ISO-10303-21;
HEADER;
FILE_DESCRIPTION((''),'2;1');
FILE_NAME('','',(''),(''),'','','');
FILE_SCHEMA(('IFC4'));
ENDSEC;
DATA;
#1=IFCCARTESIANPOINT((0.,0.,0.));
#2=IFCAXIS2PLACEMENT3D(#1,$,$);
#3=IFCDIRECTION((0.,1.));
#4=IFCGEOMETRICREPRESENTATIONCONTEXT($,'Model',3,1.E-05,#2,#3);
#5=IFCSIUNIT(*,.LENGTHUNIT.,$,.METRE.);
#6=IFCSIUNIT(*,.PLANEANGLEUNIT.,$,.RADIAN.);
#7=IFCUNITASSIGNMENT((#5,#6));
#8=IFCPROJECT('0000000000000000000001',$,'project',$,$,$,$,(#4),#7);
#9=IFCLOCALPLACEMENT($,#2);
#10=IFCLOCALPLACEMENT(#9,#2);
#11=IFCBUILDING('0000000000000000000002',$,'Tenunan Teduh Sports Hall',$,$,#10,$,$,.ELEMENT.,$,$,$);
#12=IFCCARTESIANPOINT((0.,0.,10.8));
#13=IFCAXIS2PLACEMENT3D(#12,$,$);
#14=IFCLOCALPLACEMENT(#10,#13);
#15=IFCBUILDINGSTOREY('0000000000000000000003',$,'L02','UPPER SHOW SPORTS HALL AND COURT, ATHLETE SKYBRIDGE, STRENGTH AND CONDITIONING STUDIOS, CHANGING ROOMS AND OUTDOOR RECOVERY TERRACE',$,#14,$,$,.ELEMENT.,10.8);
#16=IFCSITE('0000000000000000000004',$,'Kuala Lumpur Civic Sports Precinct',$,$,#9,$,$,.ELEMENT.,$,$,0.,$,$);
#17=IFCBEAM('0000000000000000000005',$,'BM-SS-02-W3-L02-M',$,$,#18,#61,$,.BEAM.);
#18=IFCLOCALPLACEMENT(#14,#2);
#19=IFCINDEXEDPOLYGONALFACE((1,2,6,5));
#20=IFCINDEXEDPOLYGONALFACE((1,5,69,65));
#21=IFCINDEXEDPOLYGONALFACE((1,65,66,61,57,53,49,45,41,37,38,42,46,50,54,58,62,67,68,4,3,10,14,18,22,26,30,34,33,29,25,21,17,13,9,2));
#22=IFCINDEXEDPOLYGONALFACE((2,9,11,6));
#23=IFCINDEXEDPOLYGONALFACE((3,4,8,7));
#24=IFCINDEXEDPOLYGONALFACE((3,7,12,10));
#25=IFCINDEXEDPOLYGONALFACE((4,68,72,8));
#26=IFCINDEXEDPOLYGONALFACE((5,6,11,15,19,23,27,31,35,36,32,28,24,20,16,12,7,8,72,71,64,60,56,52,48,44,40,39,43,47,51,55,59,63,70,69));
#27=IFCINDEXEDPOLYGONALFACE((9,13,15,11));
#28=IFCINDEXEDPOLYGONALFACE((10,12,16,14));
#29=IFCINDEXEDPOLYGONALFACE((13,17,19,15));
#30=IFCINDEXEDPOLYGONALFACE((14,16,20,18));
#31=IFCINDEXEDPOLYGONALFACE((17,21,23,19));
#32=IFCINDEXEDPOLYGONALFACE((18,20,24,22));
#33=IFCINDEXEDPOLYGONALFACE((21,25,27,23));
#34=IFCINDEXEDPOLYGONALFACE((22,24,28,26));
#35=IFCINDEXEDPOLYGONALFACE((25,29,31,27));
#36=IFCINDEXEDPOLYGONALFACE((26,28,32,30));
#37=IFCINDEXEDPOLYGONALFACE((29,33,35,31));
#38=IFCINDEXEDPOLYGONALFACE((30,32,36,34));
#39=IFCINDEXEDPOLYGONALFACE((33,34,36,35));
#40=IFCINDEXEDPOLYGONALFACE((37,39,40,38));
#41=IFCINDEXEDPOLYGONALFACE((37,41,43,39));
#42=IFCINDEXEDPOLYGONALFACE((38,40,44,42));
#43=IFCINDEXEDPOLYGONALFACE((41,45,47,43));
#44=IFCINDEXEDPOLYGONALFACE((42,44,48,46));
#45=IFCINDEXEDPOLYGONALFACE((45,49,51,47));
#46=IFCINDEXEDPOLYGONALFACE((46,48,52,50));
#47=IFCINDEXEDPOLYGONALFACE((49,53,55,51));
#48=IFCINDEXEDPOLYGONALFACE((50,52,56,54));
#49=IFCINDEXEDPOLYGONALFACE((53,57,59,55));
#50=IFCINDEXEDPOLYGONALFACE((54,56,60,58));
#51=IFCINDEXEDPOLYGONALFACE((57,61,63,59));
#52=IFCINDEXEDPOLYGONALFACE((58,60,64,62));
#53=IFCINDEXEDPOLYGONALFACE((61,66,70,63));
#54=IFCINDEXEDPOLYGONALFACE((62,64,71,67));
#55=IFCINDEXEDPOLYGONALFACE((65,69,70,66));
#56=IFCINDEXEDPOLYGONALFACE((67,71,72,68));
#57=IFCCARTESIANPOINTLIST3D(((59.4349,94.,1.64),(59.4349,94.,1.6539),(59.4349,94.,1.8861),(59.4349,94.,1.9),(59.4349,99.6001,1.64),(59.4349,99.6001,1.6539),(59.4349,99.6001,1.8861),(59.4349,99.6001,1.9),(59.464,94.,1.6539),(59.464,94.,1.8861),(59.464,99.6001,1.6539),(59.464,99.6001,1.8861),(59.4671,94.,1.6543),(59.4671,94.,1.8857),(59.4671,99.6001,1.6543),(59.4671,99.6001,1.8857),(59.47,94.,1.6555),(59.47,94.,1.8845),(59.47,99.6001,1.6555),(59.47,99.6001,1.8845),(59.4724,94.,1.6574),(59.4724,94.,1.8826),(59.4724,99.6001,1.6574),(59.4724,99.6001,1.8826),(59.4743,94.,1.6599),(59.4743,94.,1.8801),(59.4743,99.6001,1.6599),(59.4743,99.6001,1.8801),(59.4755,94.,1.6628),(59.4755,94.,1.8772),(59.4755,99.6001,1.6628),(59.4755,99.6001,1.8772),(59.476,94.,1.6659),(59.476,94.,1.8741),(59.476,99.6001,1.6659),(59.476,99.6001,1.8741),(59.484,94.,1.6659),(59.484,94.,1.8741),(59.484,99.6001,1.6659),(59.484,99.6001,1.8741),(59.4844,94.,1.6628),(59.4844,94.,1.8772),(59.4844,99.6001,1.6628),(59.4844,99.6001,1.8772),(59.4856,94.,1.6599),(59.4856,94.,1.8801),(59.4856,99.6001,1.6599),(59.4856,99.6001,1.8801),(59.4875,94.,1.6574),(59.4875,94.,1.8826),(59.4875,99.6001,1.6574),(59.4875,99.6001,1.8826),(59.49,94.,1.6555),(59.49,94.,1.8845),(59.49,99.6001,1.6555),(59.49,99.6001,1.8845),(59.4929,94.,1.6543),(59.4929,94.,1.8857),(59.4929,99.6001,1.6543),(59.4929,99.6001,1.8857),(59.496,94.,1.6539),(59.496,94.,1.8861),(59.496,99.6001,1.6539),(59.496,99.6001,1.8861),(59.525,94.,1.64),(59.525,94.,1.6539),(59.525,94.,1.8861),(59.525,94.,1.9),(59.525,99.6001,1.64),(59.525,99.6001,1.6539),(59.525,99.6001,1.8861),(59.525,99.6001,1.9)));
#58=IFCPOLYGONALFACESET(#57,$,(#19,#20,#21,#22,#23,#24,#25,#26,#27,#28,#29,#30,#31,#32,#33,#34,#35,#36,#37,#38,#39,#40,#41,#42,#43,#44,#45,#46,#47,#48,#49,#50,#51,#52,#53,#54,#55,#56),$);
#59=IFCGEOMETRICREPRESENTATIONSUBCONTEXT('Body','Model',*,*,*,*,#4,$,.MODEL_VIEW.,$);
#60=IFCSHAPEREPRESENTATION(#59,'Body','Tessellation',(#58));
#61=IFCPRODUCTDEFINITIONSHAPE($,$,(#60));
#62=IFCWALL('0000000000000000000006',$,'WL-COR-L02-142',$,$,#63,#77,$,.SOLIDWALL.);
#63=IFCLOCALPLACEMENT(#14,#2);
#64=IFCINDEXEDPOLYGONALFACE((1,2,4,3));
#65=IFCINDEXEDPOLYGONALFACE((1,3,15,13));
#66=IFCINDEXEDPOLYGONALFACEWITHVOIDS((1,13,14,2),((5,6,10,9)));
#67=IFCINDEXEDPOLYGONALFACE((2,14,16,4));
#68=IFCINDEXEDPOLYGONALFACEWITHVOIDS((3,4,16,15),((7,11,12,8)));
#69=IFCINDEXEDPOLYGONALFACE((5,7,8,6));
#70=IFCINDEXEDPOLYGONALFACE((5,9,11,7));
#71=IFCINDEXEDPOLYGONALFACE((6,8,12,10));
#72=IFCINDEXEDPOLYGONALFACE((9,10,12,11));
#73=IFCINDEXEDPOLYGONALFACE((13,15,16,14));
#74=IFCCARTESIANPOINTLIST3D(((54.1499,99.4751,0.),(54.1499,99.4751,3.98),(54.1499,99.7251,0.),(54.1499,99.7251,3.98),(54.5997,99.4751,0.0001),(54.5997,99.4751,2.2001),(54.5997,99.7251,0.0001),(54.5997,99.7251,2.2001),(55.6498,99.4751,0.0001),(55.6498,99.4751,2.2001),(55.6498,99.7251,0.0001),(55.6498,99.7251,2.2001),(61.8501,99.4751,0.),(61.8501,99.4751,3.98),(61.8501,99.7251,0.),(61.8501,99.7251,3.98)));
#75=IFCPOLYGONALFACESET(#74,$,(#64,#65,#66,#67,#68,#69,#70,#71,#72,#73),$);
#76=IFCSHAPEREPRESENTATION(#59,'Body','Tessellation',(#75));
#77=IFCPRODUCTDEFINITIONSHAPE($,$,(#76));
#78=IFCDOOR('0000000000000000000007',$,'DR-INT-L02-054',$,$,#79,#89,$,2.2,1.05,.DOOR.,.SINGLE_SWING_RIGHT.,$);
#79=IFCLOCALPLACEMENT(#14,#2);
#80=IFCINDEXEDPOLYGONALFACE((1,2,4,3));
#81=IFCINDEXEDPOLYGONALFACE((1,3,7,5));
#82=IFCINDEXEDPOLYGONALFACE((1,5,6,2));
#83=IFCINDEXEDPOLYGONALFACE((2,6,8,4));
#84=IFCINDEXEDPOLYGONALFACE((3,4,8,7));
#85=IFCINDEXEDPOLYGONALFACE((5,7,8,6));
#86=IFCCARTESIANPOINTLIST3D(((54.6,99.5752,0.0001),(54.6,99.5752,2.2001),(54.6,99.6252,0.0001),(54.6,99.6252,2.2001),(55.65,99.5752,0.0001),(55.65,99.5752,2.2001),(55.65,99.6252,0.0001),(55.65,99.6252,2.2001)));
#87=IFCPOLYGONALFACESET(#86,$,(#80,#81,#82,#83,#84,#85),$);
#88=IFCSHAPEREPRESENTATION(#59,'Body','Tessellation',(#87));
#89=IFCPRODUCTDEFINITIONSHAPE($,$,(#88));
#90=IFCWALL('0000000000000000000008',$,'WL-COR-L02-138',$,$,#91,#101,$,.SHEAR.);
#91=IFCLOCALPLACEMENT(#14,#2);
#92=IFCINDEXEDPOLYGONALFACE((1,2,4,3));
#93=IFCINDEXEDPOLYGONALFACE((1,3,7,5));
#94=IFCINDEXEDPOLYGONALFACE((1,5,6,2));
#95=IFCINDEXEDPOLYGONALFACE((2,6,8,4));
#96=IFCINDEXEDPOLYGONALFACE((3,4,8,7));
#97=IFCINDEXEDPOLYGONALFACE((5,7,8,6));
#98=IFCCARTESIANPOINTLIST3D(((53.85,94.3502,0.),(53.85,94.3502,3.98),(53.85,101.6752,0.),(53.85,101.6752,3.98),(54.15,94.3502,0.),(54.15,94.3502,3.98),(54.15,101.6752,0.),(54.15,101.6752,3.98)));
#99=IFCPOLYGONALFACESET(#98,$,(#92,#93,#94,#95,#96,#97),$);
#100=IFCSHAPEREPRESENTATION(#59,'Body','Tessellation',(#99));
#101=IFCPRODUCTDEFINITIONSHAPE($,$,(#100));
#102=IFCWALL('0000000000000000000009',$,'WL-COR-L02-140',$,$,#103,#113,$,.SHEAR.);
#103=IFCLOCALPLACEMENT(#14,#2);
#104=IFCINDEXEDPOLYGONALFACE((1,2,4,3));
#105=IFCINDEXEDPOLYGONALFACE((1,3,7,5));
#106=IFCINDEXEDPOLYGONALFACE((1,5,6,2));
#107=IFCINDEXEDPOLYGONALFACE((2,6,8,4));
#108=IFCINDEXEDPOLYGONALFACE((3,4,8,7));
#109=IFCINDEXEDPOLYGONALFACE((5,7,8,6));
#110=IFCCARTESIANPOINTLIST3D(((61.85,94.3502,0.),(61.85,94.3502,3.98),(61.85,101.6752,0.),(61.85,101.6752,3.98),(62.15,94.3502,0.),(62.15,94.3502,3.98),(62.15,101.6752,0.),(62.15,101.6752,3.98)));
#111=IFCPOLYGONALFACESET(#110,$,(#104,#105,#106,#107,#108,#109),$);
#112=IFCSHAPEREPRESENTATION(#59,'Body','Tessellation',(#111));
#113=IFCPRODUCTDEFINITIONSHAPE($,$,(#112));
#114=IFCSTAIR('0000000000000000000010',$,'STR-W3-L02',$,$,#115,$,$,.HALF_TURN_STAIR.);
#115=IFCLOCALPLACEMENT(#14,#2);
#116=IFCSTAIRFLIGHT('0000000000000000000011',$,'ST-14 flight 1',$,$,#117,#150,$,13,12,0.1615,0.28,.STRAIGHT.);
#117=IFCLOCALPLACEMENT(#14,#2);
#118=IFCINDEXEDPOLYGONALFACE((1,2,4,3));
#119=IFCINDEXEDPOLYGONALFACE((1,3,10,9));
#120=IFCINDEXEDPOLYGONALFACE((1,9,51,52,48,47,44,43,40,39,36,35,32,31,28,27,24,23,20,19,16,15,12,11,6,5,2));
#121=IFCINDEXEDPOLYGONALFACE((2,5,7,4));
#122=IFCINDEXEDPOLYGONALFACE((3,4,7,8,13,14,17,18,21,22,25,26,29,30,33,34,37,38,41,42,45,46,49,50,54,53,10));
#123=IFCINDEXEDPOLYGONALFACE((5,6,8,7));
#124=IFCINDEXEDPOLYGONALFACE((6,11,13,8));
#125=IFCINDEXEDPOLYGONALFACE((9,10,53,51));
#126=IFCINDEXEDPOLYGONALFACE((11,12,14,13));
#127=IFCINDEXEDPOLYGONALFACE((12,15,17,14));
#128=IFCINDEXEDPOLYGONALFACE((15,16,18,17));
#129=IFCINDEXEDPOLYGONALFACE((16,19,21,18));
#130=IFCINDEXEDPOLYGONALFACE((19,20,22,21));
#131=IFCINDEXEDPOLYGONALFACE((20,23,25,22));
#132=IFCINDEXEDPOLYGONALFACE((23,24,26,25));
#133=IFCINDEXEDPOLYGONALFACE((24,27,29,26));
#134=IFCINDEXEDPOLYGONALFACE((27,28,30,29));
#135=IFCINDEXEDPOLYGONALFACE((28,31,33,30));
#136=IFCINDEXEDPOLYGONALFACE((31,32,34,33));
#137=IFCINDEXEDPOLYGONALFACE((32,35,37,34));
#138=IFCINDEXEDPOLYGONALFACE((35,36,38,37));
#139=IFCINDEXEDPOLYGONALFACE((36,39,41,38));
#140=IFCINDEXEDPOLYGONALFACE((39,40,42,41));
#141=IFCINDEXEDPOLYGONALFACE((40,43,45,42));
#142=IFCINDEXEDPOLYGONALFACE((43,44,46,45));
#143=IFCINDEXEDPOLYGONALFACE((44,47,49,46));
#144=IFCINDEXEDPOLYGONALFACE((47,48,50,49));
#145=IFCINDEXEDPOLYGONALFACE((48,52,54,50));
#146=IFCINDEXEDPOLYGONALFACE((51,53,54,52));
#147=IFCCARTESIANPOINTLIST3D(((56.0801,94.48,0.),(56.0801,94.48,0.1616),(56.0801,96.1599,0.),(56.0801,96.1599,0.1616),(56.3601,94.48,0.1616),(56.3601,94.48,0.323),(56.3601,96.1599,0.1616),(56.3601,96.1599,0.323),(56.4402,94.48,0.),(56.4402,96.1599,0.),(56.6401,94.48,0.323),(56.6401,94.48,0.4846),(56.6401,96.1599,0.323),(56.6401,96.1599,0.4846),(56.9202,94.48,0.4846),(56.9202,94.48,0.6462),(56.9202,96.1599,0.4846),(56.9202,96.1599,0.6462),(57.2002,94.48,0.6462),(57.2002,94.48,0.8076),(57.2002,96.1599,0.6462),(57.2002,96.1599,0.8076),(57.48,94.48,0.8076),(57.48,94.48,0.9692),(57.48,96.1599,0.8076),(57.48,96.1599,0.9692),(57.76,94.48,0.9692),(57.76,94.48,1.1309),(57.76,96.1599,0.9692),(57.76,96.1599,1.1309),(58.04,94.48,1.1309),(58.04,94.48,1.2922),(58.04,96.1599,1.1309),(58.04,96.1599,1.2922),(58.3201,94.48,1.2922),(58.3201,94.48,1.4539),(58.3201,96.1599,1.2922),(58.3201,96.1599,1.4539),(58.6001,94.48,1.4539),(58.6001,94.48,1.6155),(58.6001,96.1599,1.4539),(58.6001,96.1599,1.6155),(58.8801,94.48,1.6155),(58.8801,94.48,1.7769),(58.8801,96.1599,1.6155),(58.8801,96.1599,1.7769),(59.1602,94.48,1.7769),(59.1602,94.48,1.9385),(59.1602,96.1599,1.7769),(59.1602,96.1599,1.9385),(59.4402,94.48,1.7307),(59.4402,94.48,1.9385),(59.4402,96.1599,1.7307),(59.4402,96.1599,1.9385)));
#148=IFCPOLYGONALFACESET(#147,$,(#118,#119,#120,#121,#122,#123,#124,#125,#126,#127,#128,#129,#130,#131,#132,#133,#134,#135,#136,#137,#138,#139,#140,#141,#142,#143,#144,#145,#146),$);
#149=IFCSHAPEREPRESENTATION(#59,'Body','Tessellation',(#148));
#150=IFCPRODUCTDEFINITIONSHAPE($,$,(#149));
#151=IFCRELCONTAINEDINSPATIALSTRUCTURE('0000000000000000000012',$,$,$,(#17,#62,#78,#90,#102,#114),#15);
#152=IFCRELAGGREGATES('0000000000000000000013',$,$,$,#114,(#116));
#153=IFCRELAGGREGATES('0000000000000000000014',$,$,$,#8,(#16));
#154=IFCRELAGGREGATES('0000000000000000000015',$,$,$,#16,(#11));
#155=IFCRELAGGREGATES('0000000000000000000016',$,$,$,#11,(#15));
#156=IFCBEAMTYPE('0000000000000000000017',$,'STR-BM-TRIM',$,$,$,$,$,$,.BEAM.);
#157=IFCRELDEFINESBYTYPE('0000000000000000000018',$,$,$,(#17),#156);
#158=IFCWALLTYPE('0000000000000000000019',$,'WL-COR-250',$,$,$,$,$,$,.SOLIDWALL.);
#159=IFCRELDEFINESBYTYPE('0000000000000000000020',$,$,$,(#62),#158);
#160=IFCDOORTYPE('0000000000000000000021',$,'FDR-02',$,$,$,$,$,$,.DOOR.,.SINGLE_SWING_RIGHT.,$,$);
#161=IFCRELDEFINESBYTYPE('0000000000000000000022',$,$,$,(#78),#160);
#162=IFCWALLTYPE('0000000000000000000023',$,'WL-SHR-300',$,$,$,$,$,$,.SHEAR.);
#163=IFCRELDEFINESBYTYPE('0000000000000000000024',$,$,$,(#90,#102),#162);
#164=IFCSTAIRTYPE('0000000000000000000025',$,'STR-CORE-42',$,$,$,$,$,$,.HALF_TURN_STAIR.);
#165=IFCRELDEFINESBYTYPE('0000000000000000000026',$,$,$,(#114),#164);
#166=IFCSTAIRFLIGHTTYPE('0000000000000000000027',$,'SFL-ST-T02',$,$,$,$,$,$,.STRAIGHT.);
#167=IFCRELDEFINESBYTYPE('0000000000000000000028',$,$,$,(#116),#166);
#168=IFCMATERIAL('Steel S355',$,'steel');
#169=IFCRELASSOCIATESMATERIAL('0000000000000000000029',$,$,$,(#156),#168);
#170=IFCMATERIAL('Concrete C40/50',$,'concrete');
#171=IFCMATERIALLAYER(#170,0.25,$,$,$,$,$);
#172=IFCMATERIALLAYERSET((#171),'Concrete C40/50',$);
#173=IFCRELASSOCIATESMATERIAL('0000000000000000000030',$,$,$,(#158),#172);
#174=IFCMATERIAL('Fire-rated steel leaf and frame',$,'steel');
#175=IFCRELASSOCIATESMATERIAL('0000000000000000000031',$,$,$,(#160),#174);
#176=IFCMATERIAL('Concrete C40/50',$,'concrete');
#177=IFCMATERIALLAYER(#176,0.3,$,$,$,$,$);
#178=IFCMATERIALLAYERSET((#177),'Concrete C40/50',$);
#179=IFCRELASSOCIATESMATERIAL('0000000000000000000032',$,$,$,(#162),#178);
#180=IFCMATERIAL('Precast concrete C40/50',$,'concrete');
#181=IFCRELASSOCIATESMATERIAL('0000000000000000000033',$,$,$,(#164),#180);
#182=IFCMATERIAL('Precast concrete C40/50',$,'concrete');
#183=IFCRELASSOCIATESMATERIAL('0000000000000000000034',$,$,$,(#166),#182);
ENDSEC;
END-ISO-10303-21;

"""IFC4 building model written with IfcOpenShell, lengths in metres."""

from ifc_helpers import new_model, si_unit, direction, frame, frame_2d, origin, origin_2d, place, context, subcontext, project, spatial, polyline, rectangle, i_section, outline, extrude, material, layer, layer_set, material_profile, profile_set, type_object, element, fill, aggregate, save


model = new_model("IFC4")

# Units and contexts
model_context = context("Model", 3, precision=1e-05, world=origin(), true_north=direction((0.0, 1.0)))
body_context = subcontext(model_context, "Body", "Model", "MODEL_VIEW")
ifc_project = project(units=[si_unit("LENGTHUNIT", "METRE"), si_unit("PLANEANGLEUNIT", "RADIAN")], contexts=[model_context])

# Site, building, storey
site_placement = place(None, origin())
site = spatial("IfcSite", under=ifc_project, at=site_placement, Name="Kuala Lumpur Civic Sports Precinct", CompositionType="ELEMENT", RefElevation=0.0)
building_placement = place(site_placement, origin())
building = spatial("IfcBuilding", under=site, at=building_placement, Name="Tenunan Teduh Sports Hall", CompositionType="ELEMENT")
storey_placement = place(building_placement, frame((0.0, 0.0, 10.8)))
storey = spatial("IfcBuildingStorey", under=building, at=storey_placement, Name="L02", Description="UPPER SHOW SPORTS HALL AND COURT, ATHLETE SKYBRIDGE, STRENGTH AND CONDITIONING STUDIOS, CHANGING ROOMS AND OUTDOOR RECOVERY TERRACE", CompositionType="ELEMENT", Elevation=10.8)

# Beam
ifc_material_1 = material(Name="Steel S355", Category="steel")
ifc_material_profile_1 = material_profile(ifc_material_1, i_section(OverallWidth=0.0901, OverallDepth=0.26, WebThickness=0.0081, FlangeThickness=0.0139, FilletRadius=0.012, at=origin_2d()), Name="PFC 260x90")
ifc_profile_set_1 = profile_set([ifc_material_profile_1], Name="Steel S355")
beam_type_1 = type_object("IfcBeamType", Name="STR-BM-TRIM", PredefinedType="BEAM", material=ifc_profile_set_1)
beam_1_placement = place(storey_placement, frame((59.48, 94.0, 1.77), z_axis=(0.0, 1.0, 0.0), x_axis=(-1.0, 0.0, 0.0)))
element("IfcBeam", 1, at=beam_1_placement, inside=storey, type_object=beam_type_1, Name="BM-SS-02-W3-L02-M", PredefinedType="BEAM", context=body_context, shape_type="SweptSolid", body=[
    extrude(i_section(OverallWidth=0.0901, OverallDepth=0.26, WebThickness=0.0081, FlangeThickness=0.0139, FilletRadius=0.012, at=origin_2d()), origin(), (0.0, 0.0, 1.0), 5.6001),
])

# Wall, opening, door
ifc_material_2 = material(Name="Concrete C40/50", Category="concrete")
ifc_layer_1 = layer(ifc_material_2, 0.25)
ifc_layer_set_1 = layer_set([ifc_layer_1], Name="Concrete C40/50")
wall_type_1 = type_object("IfcWallType", Name="WL-COR-250", PredefinedType="SOLIDWALL", material=ifc_layer_set_1)
wall_1_placement = place(storey_placement, frame((54.1499, 99.6001, 0.0), z_axis=(0.0, 0.0, 1.0), x_axis=(1.0, 0.0, 0.0)))
wall_1 = element("IfcWall", 2, at=wall_1_placement, inside=storey, type_object=wall_type_1, Name="WL-COR-L02-142", PredefinedType="SOLIDWALL", context=body_context, shape_type="SweptSolid", body=[
    extrude(rectangle(XDim=7.7002, YDim=0.25, at=frame_2d((3.8501, 0.0))), origin(), (0.0, 0.0, 1.0), 3.98),
])
opening_1_placement = place(wall_1_placement, frame((0.45, 0.0, 0.0)))
opening_1 = element("IfcOpeningElement", 3, at=opening_1_placement, cuts=wall_1, PredefinedType="OPENING", context=body_context, shape_type="SweptSolid", body=[
    extrude(rectangle(XDim=1.05, YDim=2.2, at=frame_2d((0.5249, 1.1001))), frame((0.0, 0.135, 0.0), z_axis=(0.0, -1.0, 0.0), x_axis=(1.0, 0.0, 0.0)), (0.0, 0.0, 1.0), 0.27),
])
ifc_material_3 = material(Name="Fire-rated steel leaf and frame", Category="steel")
door_type_1 = type_object("IfcDoorType", Name="FDR-02", OperationType="SINGLE_SWING_RIGHT", PredefinedType="DOOR", material=ifc_material_3)
door_1_placement = place(opening_1_placement, frame((1.05, 0.0, 0.0), z_axis=(0.0, 0.0, 1.0), x_axis=(-1.0, 0.0, 0.0)))
door_1 = element("IfcDoor", 4, at=door_1_placement, inside=storey, type_object=door_type_1, Name="DR-INT-L02-054", OperationType="SINGLE_SWING_RIGHT", OverallHeight=2.2, OverallWidth=1.05, PredefinedType="DOOR", context=body_context, shape_type="SweptSolid", body=[
    extrude(rectangle(XDim=1.05, YDim=2.2, at=frame_2d((0.5249, 1.1001))), frame((0.0, 0.0249, 0.0), z_axis=(0.0, -1.0, 0.0), x_axis=(1.0, 0.0, 0.0)), (0.0, 0.0, 1.0), 0.05),
])
fill(opening_1, door_1)

# Walls
ifc_material_4 = material(Name="Concrete C40/50", Category="concrete")
ifc_layer_2 = layer(ifc_material_4, 0.3)
ifc_layer_set_2 = layer_set([ifc_layer_2], Name="Concrete C40/50")
wall_type_2 = type_object("IfcWallType", Name="WL-SHR-300", PredefinedType="SHEAR", material=ifc_layer_set_2)
for number, where, z_axis, x_axis, name in (
    (5, (54.0, 94.3501, 0.0), (0.0, 0.0, 1.0), (0.0, 1.0, 0.0), "WL-COR-L02-138"),
    (6, (62.0, 94.3501, 0.0), (0.0, 0.0, 1.0), (0.0, 1.0, 0.0), "WL-COR-L02-140"),
):
    element("IfcWall", number, at=place(storey_placement, frame(where, z_axis=z_axis, x_axis=x_axis)), inside=storey, type_object=wall_type_2, Name=name, PredefinedType="SHEAR", context=body_context, shape_type="SweptSolid", body=[
        extrude(rectangle(XDim=7.325, YDim=0.3, at=frame_2d((3.6626, 0.0))), origin(), (0.0, 0.0, 1.0), 3.98),
    ])

# Stair, stair flight
ifc_material_5 = material(Name="Precast concrete C40/50", Category="concrete")
stair_type = type_object("IfcStairType", Name="STR-CORE-42", PredefinedType="HALF_TURN_STAIR", material=ifc_material_5)
stair_placement = place(storey_placement, origin())
stair = element("IfcStair", 7, at=stair_placement, inside=storey, type_object=stair_type, Name="STR-W3-L02", PredefinedType="HALF_TURN_STAIR")
ifc_material_6 = material(Name="Precast concrete C40/50", Category="concrete")
stair_flight_type = type_object("IfcStairFlightType", Name="SFL-ST-T02", PredefinedType="STRAIGHT", material=ifc_material_6)
stair_flight_1_placement = place(storey_placement, frame((56.0801, 95.3201, 0.0), z_axis=(0.0, 0.0, 1.0), x_axis=(1.0, 0.0, 0.0)))
stair_flight_1 = element("IfcStairFlight", 8, at=stair_flight_1_placement, type_object=stair_flight_type, Name="ST-14 flight 1", NumberOfRisers=13, NumberOfTreads=12, PredefinedType="STRAIGHT", RiserHeight=0.1615, TreadLength=0.28, context=body_context, shape_type="SweptSolid", body=[
    extrude(outline(polyline([(0.0, 0.0), (0.0, 0.1616), (0.28, 0.1616), (0.28, 0.323), (0.5601, 0.323), (0.5601, 0.4846), (0.8401, 0.4846), (0.8401, 0.6462), (1.1201, 0.6462), (1.1201, 0.8076), (1.3999, 0.8076), (1.3999, 0.9692), (1.6799, 0.9692), (1.6799, 1.1309), (1.96, 1.1309), (1.96, 1.2922), (2.24, 1.2922), (2.24, 1.4539), (2.52, 1.4539), (2.52, 1.6155), (2.8, 1.6155), (2.8, 1.7769), (3.0801, 1.7769), (3.0801, 1.9385), (3.3601, 1.9385), (3.3601, 2.1001), (3.3601, 1.7307), (0.3601, 0.0), (0.0, 0.0)])), frame((0.0, 0.8398, 0.0), z_axis=(0.0, -1.0, 0.0), x_axis=(1.0, 0.0, 0.0)), (0.0, 0.0, 1.0), 1.6799),
])

aggregate(stair, [stair_flight_1])

save(model, "model.ifc")
